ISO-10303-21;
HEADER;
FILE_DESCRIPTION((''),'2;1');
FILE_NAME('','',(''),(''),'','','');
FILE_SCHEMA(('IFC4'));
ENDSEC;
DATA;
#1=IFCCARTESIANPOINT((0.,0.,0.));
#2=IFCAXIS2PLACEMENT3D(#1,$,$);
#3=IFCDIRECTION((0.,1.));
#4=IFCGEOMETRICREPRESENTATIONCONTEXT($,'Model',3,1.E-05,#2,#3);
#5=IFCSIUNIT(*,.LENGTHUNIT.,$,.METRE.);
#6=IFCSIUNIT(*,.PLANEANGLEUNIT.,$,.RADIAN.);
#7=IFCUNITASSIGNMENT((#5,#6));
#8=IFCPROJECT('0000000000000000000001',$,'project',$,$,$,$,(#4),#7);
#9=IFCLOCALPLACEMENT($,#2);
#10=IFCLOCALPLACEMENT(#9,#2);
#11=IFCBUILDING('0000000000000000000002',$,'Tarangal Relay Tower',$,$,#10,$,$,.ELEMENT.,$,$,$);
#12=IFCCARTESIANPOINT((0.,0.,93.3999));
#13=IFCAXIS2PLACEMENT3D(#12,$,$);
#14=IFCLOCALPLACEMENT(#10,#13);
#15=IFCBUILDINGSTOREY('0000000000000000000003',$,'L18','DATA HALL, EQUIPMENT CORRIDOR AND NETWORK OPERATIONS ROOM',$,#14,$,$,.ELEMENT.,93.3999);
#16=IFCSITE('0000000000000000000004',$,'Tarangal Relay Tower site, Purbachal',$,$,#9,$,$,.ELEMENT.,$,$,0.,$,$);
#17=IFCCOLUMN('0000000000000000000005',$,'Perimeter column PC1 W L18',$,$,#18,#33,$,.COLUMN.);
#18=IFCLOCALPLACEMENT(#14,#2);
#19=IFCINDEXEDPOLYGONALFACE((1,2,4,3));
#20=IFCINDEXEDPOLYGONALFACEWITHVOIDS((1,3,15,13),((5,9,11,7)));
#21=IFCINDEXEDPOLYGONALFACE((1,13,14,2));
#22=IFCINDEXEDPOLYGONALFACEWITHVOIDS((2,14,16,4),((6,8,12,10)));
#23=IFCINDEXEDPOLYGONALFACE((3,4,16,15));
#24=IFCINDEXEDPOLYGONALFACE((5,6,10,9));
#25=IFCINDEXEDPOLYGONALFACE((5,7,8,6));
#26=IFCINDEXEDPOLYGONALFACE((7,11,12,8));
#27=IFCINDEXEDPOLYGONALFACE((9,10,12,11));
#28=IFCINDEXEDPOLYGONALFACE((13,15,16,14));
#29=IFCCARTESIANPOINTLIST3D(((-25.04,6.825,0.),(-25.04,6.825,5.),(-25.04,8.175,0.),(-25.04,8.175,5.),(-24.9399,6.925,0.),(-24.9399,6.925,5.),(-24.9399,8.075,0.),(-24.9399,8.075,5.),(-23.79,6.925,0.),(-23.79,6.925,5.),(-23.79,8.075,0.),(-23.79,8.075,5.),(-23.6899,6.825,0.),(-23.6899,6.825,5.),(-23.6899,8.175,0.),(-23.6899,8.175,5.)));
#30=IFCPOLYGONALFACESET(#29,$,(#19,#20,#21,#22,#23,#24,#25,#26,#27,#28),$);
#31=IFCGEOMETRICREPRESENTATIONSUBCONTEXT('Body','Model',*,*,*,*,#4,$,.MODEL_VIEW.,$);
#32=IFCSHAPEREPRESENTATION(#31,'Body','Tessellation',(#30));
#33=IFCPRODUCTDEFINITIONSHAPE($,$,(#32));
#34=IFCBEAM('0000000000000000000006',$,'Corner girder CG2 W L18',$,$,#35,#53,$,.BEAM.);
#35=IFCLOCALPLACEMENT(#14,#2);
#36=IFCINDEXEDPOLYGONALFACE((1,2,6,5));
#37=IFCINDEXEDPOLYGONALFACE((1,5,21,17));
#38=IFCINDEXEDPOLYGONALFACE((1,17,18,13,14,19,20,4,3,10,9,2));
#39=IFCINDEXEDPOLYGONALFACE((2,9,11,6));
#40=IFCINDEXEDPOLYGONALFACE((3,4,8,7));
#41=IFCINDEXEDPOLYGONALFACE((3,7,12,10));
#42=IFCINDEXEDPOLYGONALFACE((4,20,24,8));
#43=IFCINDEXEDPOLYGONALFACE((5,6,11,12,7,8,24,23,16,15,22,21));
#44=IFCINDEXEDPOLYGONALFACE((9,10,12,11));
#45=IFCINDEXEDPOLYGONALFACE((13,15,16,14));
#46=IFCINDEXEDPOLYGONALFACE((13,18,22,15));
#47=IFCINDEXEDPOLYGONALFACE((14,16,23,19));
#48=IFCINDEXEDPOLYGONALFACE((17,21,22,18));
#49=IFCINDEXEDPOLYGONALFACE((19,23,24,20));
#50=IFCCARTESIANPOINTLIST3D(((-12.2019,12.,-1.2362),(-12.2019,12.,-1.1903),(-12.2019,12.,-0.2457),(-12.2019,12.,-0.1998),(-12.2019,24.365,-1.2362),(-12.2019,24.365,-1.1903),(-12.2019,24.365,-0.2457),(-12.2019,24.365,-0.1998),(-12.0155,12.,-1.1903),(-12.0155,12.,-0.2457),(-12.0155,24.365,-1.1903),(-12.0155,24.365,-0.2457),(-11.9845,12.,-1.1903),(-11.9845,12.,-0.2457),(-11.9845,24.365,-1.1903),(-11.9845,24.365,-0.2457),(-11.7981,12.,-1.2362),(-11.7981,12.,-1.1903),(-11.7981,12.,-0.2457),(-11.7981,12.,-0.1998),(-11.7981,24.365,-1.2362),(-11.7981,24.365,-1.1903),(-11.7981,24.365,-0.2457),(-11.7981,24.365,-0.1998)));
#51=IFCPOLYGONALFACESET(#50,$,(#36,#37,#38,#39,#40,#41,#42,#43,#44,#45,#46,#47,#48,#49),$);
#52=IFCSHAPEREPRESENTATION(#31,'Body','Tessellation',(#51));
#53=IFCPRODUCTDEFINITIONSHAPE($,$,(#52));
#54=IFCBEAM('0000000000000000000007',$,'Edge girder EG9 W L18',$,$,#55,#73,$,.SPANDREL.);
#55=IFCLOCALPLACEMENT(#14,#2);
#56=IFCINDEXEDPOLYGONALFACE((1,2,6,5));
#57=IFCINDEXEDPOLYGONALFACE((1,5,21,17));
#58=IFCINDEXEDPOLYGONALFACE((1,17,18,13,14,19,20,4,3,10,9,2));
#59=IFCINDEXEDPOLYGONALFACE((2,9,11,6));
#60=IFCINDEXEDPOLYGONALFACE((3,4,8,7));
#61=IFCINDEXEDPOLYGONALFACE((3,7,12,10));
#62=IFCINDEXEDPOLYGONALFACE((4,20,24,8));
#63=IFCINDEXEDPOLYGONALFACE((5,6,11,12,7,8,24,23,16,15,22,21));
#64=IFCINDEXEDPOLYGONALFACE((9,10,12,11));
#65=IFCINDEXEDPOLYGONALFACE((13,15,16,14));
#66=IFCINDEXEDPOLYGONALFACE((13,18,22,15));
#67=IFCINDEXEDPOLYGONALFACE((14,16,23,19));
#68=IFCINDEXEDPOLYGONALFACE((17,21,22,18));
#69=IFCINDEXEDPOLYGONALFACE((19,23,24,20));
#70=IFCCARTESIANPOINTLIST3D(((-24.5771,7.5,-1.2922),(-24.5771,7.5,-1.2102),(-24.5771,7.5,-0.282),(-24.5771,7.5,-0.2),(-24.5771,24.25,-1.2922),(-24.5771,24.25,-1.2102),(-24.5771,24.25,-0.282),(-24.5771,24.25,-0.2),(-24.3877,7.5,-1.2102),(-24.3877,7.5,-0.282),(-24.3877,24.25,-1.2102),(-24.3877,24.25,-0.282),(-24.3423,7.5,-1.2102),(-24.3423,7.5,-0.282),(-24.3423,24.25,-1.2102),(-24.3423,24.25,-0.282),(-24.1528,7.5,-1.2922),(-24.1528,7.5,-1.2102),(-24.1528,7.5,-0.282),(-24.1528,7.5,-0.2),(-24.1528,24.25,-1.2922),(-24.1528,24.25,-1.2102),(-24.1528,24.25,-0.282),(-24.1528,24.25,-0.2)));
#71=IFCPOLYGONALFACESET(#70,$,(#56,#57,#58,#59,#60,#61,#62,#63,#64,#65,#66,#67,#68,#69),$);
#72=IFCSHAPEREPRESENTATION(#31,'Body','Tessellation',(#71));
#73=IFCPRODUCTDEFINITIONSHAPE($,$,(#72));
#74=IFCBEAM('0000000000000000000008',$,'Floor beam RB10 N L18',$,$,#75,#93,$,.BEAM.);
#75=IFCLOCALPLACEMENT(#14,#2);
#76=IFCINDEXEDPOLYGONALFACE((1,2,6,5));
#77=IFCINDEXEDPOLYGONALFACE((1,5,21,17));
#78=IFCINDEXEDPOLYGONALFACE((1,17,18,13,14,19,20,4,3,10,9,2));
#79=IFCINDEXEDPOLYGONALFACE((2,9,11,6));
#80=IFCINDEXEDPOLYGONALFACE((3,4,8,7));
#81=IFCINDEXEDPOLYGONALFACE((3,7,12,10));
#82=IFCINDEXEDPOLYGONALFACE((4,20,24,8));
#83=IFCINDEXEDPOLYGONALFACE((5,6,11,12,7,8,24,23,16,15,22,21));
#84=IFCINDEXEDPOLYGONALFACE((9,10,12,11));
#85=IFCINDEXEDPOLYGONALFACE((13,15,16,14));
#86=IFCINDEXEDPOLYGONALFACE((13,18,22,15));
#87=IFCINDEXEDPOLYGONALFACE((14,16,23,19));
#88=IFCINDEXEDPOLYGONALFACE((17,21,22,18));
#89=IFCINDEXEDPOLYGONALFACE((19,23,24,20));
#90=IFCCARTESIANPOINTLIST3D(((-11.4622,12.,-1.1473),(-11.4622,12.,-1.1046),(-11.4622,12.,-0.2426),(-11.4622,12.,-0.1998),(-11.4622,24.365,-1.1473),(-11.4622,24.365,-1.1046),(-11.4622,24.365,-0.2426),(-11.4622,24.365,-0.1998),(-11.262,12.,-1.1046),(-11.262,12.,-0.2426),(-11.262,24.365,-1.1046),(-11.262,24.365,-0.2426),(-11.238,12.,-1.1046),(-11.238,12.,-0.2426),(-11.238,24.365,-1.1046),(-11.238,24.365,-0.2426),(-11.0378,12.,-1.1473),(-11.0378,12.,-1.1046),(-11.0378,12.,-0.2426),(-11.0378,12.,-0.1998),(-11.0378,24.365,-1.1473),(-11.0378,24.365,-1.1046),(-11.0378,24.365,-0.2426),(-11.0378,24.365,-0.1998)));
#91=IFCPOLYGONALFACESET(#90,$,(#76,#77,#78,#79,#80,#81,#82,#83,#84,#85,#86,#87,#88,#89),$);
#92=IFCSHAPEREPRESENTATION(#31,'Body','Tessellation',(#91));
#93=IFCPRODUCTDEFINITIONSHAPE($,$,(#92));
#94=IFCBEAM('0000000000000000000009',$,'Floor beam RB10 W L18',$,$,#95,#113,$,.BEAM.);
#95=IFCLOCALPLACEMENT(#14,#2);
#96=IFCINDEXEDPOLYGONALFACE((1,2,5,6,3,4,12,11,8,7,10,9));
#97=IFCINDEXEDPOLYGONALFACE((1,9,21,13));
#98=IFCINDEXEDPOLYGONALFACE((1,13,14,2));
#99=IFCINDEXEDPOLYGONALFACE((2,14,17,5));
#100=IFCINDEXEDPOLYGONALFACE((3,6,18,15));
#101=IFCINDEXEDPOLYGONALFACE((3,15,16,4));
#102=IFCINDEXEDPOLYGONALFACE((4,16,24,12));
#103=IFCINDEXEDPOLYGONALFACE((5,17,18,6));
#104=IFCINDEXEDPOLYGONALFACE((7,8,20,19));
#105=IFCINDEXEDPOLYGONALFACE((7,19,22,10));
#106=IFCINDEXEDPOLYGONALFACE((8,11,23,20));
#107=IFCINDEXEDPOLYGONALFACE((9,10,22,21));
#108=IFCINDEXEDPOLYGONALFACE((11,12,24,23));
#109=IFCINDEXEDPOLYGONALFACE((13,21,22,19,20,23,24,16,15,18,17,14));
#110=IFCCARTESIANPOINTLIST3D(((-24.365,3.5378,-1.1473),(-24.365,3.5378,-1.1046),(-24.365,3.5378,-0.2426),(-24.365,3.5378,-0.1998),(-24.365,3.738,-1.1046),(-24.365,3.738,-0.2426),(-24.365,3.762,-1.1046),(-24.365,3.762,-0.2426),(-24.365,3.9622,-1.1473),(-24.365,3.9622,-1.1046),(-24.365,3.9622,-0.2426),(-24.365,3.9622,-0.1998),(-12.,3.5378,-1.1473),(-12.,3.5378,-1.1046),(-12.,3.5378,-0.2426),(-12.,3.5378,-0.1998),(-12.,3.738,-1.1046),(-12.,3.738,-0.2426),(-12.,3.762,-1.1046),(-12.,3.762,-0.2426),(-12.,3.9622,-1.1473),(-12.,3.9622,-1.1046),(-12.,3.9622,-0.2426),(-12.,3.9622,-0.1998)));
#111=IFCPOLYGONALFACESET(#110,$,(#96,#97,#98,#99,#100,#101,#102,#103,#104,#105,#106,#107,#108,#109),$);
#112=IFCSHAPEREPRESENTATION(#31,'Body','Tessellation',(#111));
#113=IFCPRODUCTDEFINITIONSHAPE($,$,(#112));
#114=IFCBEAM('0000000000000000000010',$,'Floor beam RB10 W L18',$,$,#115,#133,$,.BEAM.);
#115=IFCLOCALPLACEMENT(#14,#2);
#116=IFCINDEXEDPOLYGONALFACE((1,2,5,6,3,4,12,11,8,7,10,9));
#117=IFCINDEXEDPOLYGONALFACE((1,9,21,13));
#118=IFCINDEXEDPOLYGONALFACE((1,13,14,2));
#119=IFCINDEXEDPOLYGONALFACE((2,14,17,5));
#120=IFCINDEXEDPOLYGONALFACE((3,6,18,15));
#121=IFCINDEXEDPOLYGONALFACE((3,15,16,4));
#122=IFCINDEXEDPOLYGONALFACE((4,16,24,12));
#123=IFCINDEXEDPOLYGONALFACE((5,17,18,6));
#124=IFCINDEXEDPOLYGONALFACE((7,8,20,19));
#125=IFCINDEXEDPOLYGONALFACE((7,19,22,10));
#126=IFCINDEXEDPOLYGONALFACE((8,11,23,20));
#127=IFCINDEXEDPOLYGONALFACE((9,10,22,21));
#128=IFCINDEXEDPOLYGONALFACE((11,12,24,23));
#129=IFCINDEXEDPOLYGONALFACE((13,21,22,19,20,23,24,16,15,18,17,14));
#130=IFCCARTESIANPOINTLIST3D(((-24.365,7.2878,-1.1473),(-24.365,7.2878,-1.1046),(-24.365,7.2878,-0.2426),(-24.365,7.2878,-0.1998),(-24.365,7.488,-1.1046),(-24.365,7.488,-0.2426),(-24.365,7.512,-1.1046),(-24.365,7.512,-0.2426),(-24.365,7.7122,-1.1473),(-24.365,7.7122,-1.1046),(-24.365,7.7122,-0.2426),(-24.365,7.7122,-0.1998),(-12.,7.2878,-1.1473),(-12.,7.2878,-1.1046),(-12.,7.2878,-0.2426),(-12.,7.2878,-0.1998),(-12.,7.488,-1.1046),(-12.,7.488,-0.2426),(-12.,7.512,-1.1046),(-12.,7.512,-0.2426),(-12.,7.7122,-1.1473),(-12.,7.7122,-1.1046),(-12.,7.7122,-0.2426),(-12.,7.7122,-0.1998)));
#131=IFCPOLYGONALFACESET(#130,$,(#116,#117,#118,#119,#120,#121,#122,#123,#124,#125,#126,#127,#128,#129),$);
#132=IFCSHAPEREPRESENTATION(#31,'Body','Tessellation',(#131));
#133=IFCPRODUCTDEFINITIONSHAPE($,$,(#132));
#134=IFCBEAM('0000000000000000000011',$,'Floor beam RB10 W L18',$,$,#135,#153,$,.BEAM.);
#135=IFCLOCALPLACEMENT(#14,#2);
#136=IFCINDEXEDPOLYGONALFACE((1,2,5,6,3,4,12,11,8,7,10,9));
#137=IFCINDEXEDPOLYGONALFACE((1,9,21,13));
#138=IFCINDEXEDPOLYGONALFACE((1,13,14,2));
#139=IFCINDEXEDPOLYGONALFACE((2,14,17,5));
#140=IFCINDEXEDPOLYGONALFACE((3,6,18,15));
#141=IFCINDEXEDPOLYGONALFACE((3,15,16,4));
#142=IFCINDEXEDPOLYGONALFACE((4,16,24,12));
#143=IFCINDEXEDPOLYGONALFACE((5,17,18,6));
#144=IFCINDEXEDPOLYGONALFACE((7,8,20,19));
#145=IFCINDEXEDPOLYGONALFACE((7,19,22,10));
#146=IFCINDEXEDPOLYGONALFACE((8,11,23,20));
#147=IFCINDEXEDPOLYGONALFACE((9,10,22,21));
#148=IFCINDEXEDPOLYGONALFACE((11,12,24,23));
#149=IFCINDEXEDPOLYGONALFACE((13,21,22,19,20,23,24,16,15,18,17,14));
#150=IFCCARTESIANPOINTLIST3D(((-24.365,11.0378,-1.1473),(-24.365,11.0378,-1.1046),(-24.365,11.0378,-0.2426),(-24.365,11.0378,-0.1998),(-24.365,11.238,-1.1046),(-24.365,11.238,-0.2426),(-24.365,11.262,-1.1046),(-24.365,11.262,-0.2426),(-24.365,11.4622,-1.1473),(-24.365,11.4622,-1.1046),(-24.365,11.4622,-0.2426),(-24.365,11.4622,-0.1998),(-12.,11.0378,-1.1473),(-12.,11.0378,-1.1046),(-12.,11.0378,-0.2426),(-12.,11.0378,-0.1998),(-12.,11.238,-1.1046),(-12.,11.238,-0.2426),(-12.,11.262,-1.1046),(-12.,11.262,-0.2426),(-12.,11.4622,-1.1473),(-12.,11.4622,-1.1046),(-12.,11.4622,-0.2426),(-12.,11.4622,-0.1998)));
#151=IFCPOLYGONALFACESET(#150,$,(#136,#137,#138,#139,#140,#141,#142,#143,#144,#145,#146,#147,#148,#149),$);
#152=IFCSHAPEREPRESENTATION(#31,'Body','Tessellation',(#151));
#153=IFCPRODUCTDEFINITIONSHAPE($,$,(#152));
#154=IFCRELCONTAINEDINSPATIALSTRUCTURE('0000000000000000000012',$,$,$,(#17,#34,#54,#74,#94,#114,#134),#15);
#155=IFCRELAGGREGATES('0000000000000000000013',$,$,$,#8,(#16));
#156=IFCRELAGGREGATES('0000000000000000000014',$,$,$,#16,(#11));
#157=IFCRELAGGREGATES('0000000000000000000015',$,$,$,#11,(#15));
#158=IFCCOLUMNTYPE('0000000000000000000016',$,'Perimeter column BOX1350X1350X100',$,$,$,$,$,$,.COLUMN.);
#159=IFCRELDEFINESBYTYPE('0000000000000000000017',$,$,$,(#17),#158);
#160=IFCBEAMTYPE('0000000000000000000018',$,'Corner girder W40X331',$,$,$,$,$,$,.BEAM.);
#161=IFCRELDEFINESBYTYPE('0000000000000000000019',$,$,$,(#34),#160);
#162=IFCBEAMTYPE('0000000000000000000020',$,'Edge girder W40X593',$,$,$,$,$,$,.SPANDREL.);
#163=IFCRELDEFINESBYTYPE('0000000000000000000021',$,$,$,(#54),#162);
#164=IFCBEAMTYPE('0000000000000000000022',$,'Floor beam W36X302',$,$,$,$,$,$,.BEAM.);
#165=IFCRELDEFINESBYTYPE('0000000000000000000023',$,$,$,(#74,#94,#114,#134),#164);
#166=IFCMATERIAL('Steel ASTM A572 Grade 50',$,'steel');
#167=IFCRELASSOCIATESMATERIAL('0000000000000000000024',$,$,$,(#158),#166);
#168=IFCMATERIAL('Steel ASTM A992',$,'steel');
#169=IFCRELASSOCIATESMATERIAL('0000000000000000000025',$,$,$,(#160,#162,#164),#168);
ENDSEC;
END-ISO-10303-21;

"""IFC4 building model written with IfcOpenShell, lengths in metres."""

from ifc_helpers import new_model, si_unit, direction, frame, origin, origin_2d, place, context, subcontext, project, spatial, hollow_rectangle, i_section, extrude, material, material_profile, profile_set, type_object, element, save


model = new_model("IFC4")

# Units and contexts
model_context = context("Model", 3, precision=1e-05, world=origin(), true_north=direction((0.0, 1.0)))
body_context = subcontext(model_context, "Body", "Model", "MODEL_VIEW")
ifc_project = project(units=[si_unit("LENGTHUNIT", "METRE"), si_unit("PLANEANGLEUNIT", "RADIAN")], contexts=[model_context])

# Site, building, storey
site_placement = place(None, origin())
site = spatial("IfcSite", under=ifc_project, at=site_placement, Name="Tarangal Relay Tower site, Purbachal", CompositionType="ELEMENT", RefElevation=0.0)
building_placement = place(site_placement, origin())
building = spatial("IfcBuilding", under=site, at=building_placement, Name="Tarangal Relay Tower", CompositionType="ELEMENT")
storey_placement = place(building_placement, frame((0.0, 0.0, 93.3999)))
storey = spatial("IfcBuildingStorey", under=building, at=storey_placement, Name="L18", Description="DATA HALL, EQUIPMENT CORRIDOR AND NETWORK OPERATIONS ROOM", CompositionType="ELEMENT", Elevation=93.3999)

# Column
ifc_material_1 = material(Name="Steel ASTM A572 Grade 50", Category="steel")
ifc_material_profile_1 = material_profile(ifc_material_1, hollow_rectangle(XDim=1.3501, YDim=1.3501, WallThickness=0.1001, at=origin_2d()), Name="BOX1350X1350X100")
ifc_profile_set_1 = profile_set([ifc_material_profile_1], Name="Steel ASTM A572 Grade 50")
column_type = type_object("IfcColumnType", Name="Perimeter column BOX1350X1350X100", PredefinedType="COLUMN", material=ifc_profile_set_1)
column_placement = place(storey_placement, frame((-24.365, 7.5, 0.0), z_axis=(0.0, 0.0, 1.0), x_axis=(1.0, 0.0, 0.0)))
element("IfcColumn", 1, at=column_placement, inside=storey, type_object=column_type, Name="Perimeter column PC1 W L18", PredefinedType="COLUMN", context=body_context, shape_type="SweptSolid", body=[
    extrude(hollow_rectangle(XDim=1.3501, YDim=1.3501, WallThickness=0.1001, at=origin_2d()), origin(), (0.0, 0.0, 1.0), 5.0),
])

# Beams
ifc_material_2 = material(Name="Steel ASTM A992", Category="steel")
ifc_material_profile_2 = material_profile(ifc_material_2, i_section(OverallWidth=0.4038, OverallDepth=1.0364, WebThickness=0.031, FlangeThickness=0.0459, at=origin_2d()), Name="W40X331")
ifc_profile_set_2 = profile_set([ifc_material_profile_2], Name="Steel ASTM A992")
beam_type_1 = type_object("IfcBeamType", Name="Corner girder W40X331", PredefinedType="BEAM", material=ifc_profile_set_2)
beam_1_placement = place(storey_placement, frame((-12.0, 12.0, -0.718), z_axis=(0.0, 1.0, 0.0), x_axis=(-1.0, 0.0, 0.0)))
element("IfcBeam", 2, at=beam_1_placement, inside=storey, type_object=beam_type_1, Name="Corner girder CG2 W L18", PredefinedType="BEAM", context=body_context, shape_type="SweptSolid", body=[
    extrude(i_section(OverallWidth=0.4038, OverallDepth=1.0364, WebThickness=0.031, FlangeThickness=0.0459, at=origin_2d()), origin(), (0.0, 0.0, 1.0), 12.365),
])
ifc_material_profile_3 = material_profile(ifc_material_2, i_section(OverallWidth=0.4243, OverallDepth=1.0923, WebThickness=0.0454, FlangeThickness=0.082, at=origin_2d()), Name="W40X593")
ifc_profile_set_3 = profile_set([ifc_material_profile_3], Name="Steel ASTM A992")
beam_type_2 = type_object("IfcBeamType", Name="Edge girder W40X593", PredefinedType="SPANDREL", material=ifc_profile_set_3)
beam_2_placement = place(storey_placement, frame((-24.365, 7.5, -0.7461), z_axis=(0.0, 1.0, 0.0), x_axis=(-1.0, 0.0, 0.0)))
element("IfcBeam", 3, at=beam_2_placement, inside=storey, type_object=beam_type_2, Name="Edge girder EG9 W L18", PredefinedType="SPANDREL", context=body_context, shape_type="SweptSolid", body=[
    extrude(i_section(OverallWidth=0.4243, OverallDepth=1.0923, WebThickness=0.0454, FlangeThickness=0.082, at=origin_2d()), origin(), (0.0, 0.0, 1.0), 16.75),
])
ifc_material_profile_4 = material_profile(ifc_material_2, i_section(OverallWidth=0.4243, OverallDepth=0.9475, WebThickness=0.0239, FlangeThickness=0.0427, at=origin_2d()), Name="W36X302")
ifc_profile_set_4 = profile_set([ifc_material_profile_4], Name="Steel ASTM A992")
beam_type_3 = type_object("IfcBeamType", Name="Floor beam W36X302", PredefinedType="BEAM", material=ifc_profile_set_4)
for number, where, z_axis, x_axis, name in (
    (4, (-11.25, 12.0, -0.6736), (0.0, 1.0, 0.0), (-1.0, 0.0, 0.0), "Floor beam RB10 N L18"),
    (5, (-12.0, 3.75, -0.6736), (-1.0, 0.0, 0.0), (0.0, -1.0, 0.0), "Floor beam RB10 W L18"),
    (6, (-12.0, 7.5, -0.6736), (-1.0, 0.0, 0.0), (0.0, -1.0, 0.0), "Floor beam RB10 W L18"),
    (7, (-12.0, 11.25, -0.6736), (-1.0, 0.0, 0.0), (0.0, -1.0, 0.0), "Floor beam RB10 W L18"),
):
    element("IfcBeam", number, at=place(storey_placement, frame(where, z_axis=z_axis, x_axis=x_axis)), inside=storey, type_object=beam_type_3, Name=name, PredefinedType="BEAM", context=body_context, shape_type="SweptSolid", body=[
        extrude(i_section(OverallWidth=0.4243, OverallDepth=0.9475, WebThickness=0.0239, FlangeThickness=0.0427, at=origin_2d()), origin(), (0.0, 0.0, 1.0), 12.365),
    ])

save(model, "model.ifc")
